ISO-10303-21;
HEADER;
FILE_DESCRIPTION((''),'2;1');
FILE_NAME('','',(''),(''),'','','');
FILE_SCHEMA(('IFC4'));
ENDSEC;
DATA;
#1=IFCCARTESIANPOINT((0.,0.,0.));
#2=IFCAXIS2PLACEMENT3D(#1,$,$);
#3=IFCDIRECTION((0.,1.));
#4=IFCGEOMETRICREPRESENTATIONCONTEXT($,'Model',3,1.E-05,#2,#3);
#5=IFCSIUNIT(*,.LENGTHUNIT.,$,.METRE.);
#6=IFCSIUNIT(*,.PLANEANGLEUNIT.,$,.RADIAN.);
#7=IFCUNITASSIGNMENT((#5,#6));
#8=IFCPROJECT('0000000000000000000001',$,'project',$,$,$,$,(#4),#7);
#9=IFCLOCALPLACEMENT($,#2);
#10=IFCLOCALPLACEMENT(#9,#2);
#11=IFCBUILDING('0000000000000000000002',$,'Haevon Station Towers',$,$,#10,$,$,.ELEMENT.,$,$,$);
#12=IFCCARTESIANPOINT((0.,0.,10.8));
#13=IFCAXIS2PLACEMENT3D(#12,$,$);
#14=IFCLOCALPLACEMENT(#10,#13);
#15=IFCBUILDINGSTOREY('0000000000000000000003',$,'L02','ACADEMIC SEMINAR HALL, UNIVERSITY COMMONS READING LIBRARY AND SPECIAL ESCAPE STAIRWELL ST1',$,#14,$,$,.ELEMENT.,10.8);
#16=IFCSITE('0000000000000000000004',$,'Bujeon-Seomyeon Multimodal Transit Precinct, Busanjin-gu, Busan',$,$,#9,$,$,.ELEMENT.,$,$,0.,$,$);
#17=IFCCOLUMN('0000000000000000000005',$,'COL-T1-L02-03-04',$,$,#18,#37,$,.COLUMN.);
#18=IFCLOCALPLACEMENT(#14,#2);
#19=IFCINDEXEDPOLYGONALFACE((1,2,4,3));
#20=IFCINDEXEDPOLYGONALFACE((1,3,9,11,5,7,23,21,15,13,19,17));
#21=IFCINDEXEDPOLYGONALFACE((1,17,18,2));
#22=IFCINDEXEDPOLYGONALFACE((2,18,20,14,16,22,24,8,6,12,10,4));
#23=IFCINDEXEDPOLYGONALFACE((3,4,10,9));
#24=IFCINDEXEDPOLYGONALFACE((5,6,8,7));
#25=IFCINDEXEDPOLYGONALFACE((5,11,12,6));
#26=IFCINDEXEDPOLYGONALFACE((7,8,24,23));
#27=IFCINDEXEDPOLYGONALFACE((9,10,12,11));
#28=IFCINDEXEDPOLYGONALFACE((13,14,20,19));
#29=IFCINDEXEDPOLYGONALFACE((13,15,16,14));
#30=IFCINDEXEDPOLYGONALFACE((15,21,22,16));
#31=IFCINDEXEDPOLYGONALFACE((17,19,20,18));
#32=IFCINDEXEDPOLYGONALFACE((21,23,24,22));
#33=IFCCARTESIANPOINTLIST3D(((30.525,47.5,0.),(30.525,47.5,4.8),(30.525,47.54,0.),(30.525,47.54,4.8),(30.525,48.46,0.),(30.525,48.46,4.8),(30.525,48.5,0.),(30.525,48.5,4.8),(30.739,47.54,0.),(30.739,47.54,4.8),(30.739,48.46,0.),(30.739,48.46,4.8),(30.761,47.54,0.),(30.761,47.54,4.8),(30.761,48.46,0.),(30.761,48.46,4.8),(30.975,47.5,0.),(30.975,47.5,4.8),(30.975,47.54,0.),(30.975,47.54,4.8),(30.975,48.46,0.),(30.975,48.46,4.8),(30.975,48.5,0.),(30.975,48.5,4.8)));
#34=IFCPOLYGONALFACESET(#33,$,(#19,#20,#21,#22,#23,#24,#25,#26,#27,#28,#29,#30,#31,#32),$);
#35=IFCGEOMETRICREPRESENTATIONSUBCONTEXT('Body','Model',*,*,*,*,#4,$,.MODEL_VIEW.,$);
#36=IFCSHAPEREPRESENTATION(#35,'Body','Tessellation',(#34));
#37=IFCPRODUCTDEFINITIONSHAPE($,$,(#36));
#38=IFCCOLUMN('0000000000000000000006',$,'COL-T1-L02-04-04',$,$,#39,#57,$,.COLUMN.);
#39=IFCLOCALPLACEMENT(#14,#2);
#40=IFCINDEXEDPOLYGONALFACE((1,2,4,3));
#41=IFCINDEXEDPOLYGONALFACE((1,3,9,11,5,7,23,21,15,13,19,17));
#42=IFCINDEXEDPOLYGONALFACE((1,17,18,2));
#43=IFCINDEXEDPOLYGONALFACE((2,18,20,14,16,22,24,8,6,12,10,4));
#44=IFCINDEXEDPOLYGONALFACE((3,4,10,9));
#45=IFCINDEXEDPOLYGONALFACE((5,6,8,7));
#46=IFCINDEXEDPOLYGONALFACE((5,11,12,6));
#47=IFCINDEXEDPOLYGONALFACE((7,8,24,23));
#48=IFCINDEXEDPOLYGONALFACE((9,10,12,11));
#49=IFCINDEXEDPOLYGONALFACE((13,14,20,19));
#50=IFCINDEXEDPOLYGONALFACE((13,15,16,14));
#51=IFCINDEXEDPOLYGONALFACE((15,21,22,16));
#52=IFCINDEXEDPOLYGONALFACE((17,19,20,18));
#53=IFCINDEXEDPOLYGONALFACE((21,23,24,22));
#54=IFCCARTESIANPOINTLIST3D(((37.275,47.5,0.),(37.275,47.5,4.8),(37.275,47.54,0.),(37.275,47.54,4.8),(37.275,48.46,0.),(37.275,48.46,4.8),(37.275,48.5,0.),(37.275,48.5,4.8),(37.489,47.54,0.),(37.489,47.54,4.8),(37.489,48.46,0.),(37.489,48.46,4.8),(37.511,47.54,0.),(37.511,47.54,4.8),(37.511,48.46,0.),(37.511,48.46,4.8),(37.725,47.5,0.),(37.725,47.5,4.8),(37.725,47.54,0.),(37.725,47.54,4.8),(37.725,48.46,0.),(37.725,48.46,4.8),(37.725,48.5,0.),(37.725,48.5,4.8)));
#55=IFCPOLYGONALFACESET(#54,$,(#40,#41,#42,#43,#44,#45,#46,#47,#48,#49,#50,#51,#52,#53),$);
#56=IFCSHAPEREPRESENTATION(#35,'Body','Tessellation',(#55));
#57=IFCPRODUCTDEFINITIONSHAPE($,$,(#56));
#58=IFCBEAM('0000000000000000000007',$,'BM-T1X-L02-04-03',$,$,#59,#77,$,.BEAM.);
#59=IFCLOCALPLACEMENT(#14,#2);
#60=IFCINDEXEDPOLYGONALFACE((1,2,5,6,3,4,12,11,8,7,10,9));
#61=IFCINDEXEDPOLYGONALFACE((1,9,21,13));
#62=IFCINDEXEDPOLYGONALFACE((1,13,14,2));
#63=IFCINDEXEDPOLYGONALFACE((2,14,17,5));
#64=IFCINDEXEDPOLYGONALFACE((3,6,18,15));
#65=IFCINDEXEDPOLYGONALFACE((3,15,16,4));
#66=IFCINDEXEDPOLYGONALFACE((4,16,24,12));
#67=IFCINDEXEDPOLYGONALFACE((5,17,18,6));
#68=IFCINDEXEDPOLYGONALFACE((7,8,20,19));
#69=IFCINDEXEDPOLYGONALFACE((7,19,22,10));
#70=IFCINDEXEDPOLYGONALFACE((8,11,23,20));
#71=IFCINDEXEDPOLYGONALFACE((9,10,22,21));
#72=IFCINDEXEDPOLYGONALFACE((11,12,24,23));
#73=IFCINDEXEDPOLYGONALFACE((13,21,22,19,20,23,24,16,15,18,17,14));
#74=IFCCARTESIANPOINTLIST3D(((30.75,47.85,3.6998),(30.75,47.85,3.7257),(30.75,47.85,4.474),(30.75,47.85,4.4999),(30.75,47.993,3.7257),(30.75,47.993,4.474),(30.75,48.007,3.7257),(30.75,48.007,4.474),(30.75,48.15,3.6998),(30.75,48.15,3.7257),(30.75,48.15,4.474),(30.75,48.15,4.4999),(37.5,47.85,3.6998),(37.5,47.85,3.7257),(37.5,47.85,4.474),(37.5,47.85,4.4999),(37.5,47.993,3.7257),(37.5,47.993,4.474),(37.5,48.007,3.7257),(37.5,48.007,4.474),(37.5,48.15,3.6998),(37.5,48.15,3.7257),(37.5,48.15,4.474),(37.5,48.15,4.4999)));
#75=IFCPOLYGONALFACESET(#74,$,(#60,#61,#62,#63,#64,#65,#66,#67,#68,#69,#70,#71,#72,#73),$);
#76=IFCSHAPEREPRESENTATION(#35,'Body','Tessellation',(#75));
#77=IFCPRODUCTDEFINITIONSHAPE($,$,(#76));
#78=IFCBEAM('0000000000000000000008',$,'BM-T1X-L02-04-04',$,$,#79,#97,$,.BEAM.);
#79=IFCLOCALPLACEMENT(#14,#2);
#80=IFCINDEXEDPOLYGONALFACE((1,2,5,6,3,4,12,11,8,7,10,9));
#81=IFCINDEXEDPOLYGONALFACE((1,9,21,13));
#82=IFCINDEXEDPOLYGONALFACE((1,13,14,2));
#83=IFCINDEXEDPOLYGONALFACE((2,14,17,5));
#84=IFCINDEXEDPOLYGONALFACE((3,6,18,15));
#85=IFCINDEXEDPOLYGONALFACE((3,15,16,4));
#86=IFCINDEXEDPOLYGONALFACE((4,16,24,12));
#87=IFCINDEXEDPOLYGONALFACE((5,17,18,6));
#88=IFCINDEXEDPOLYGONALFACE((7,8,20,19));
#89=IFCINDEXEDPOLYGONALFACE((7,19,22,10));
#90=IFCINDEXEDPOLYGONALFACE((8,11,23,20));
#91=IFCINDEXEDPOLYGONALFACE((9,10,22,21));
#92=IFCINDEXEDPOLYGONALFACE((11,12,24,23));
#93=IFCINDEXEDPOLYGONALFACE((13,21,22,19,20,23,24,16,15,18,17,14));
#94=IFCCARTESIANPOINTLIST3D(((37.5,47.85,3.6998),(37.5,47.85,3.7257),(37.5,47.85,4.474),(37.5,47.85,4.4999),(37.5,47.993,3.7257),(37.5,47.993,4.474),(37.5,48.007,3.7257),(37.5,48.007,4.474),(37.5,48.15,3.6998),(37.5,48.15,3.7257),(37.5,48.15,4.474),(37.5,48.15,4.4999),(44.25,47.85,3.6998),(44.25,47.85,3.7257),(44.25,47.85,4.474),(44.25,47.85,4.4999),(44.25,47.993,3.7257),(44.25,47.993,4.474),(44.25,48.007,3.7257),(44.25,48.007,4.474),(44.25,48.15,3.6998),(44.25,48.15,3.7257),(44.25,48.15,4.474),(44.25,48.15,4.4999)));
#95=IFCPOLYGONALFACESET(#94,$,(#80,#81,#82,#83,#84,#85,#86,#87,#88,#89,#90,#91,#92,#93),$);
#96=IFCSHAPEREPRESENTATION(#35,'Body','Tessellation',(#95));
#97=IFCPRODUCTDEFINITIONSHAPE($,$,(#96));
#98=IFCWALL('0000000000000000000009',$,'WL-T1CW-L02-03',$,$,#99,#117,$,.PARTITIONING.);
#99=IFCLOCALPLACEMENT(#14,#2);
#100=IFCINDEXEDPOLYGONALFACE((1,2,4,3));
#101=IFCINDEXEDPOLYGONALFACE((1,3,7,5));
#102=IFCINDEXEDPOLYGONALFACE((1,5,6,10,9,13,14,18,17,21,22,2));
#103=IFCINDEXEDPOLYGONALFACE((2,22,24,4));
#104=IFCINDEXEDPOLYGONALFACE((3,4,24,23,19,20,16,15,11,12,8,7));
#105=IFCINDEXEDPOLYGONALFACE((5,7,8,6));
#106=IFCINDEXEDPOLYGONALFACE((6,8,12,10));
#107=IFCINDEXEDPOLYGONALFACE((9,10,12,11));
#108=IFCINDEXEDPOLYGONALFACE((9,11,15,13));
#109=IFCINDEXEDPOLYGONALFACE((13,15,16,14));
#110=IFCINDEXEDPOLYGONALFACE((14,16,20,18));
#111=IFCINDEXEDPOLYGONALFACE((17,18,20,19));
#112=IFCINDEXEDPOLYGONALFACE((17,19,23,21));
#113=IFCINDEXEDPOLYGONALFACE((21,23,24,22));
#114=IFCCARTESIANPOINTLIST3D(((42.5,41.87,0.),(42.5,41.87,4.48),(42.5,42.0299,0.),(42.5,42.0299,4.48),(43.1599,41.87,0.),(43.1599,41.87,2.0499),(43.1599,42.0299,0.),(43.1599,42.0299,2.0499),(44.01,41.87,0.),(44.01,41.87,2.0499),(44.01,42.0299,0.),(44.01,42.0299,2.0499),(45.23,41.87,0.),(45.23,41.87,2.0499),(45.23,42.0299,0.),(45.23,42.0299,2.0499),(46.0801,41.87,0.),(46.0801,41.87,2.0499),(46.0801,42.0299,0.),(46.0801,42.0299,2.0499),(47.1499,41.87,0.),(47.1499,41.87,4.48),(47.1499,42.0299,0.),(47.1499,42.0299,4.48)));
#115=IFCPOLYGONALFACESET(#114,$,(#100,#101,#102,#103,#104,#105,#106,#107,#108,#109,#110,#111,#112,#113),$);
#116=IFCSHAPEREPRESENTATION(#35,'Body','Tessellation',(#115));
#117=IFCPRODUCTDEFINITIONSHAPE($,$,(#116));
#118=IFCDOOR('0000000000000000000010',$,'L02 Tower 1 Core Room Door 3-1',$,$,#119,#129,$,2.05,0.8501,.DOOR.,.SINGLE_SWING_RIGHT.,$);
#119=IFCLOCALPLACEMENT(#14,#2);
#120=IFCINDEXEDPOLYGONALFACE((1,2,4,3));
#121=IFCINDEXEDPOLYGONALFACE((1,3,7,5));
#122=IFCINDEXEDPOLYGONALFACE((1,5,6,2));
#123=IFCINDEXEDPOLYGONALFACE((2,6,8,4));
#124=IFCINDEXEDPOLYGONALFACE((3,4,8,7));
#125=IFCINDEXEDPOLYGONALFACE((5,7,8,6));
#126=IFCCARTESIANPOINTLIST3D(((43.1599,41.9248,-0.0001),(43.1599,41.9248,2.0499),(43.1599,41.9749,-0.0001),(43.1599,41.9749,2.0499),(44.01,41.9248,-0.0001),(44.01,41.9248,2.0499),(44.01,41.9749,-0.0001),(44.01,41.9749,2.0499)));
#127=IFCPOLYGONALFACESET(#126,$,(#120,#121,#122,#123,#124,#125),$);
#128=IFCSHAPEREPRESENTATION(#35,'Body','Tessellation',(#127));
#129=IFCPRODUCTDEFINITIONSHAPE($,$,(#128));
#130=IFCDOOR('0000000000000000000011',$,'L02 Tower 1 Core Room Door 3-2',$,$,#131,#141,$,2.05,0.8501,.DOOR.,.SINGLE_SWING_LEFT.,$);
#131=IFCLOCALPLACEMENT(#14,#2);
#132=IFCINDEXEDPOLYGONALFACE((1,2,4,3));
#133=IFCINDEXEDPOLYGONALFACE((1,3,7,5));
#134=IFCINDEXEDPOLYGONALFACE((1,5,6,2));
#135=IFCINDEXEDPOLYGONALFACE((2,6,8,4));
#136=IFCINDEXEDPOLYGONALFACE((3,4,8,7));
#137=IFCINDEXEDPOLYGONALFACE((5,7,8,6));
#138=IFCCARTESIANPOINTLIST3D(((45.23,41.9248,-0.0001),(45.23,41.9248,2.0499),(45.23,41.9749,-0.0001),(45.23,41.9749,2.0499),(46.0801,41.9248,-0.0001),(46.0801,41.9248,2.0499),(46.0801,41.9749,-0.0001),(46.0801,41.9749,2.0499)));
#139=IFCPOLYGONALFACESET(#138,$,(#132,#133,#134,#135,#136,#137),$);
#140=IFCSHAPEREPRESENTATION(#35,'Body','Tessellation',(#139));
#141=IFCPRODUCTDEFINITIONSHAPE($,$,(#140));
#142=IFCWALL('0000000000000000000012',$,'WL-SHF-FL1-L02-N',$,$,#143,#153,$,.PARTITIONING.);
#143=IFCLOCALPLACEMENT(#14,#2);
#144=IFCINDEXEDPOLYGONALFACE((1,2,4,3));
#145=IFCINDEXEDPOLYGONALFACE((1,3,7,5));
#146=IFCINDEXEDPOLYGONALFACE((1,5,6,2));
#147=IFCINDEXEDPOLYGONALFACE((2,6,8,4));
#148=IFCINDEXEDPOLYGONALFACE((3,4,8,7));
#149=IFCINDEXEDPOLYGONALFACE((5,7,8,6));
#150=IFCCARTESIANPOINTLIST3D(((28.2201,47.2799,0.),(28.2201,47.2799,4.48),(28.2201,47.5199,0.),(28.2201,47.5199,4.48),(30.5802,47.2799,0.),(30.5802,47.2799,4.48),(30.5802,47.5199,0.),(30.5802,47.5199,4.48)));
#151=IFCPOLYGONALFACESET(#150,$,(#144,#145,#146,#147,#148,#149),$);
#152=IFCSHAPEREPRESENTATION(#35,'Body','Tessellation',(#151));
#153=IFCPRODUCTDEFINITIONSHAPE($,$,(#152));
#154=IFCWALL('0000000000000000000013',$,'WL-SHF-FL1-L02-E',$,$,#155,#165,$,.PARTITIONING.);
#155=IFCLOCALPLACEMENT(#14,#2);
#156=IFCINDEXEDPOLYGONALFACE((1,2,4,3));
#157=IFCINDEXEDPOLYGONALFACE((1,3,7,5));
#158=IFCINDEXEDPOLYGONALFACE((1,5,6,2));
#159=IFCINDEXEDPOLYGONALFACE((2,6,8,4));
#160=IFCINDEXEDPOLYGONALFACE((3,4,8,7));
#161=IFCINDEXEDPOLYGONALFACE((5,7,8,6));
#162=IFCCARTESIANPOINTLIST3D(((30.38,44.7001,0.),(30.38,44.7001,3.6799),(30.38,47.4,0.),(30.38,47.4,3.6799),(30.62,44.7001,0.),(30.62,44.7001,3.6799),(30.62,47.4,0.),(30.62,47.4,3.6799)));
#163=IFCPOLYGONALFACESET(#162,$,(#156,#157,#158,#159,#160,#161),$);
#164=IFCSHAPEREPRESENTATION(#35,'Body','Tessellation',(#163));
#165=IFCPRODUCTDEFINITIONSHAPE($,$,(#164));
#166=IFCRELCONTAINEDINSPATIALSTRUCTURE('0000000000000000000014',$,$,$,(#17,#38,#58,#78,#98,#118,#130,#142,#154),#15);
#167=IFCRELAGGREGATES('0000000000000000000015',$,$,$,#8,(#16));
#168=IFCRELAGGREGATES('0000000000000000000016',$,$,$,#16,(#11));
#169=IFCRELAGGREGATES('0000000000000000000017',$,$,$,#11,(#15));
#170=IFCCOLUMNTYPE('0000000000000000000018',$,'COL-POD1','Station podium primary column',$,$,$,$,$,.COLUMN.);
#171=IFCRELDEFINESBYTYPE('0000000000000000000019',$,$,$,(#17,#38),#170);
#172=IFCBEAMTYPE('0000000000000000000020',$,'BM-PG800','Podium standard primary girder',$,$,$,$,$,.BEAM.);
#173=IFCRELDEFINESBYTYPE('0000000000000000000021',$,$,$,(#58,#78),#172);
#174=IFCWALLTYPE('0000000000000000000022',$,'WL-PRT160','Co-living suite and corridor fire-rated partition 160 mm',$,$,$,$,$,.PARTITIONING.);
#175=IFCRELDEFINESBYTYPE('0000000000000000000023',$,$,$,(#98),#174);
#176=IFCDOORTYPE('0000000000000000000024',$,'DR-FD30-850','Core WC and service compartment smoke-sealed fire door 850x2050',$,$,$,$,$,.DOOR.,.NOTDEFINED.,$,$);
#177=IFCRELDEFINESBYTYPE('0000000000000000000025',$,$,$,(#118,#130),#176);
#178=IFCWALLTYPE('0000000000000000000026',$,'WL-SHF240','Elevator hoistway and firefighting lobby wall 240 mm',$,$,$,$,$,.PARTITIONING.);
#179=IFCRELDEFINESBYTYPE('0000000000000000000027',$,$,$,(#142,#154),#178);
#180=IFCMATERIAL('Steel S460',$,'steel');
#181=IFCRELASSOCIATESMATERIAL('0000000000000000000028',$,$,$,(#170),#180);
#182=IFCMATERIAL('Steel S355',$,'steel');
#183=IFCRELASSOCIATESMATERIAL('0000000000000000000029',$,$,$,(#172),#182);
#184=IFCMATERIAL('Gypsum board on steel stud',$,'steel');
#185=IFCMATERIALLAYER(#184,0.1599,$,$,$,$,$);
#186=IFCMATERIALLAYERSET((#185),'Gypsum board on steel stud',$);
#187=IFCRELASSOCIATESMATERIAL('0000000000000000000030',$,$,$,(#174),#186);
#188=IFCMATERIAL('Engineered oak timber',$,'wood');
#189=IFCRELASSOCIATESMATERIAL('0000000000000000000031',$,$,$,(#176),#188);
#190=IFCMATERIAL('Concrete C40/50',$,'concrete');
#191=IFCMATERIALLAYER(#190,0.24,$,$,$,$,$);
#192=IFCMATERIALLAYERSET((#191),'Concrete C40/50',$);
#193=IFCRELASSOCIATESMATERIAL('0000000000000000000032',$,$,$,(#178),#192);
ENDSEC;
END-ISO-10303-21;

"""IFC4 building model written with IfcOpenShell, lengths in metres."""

from ifc_helpers import new_model, si_unit, direction, frame, frame_2d, origin, origin_2d, place, context, subcontext, project, spatial, rectangle, i_section, extrude, material, layer, layer_set, material_profile, profile_set, type_object, element, fill, save


model = new_model("IFC4")

# Units and contexts
model_context = context("Model", 3, precision=1e-05, world=origin(), true_north=direction((0.0, 1.0)))
body_context = subcontext(model_context, "Body", "Model", "MODEL_VIEW")
ifc_project = project(units=[si_unit("LENGTHUNIT", "METRE"), si_unit("PLANEANGLEUNIT", "RADIAN")], contexts=[model_context])

# Site, building, storey
site_placement = place(None, origin())
site = spatial("IfcSite", under=ifc_project, at=site_placement, Name="Bujeon-Seomyeon Multimodal Transit Precinct, Busanjin-gu, Busan", CompositionType="ELEMENT", RefElevation=0.0)
building_placement = place(site_placement, origin())
building = spatial("IfcBuilding", under=site, at=building_placement, Name="Haevon Station Towers", CompositionType="ELEMENT")
storey_placement = place(building_placement, frame((0.0, 0.0, 10.8)))
storey = spatial("IfcBuildingStorey", under=building, at=storey_placement, Name="L02", Description="ACADEMIC SEMINAR HALL, UNIVERSITY COMMONS READING LIBRARY AND SPECIAL ESCAPE STAIRWELL ST1", CompositionType="ELEMENT", Elevation=10.8)

# Columns
ifc_material_1 = material(Name="Steel S460", Category="steel")
ifc_material_profile_1 = material_profile(ifc_material_1, i_section(OverallWidth=0.45, OverallDepth=1.0, WebThickness=0.022, FlangeThickness=0.04, at=origin_2d()), Name="H-1000x450x22x40")
ifc_profile_set_1 = profile_set([ifc_material_profile_1], Name="Steel S460")
column_type = type_object("IfcColumnType", Name="COL-POD1", Description="Station podium primary column", PredefinedType="COLUMN", material=ifc_profile_set_1)
for number, where, z_axis, x_axis, name in (
    (1, (30.75, 48.0, 0.0), (0.0, 0.0, 1.0), (1.0, 0.0, 0.0), "COL-T1-L02-03-04"),
    (2, (37.5, 48.0, 0.0), (0.0, 0.0, 1.0), (1.0, 0.0, 0.0), "COL-T1-L02-04-04"),
):
    element("IfcColumn", number, at=place(storey_placement, frame(where, z_axis=z_axis, x_axis=x_axis)), inside=storey, type_object=column_type, Name=name, PredefinedType="COLUMN", context=body_context, shape_type="SweptSolid", body=[
        extrude(i_section(OverallWidth=0.45, OverallDepth=1.0, WebThickness=0.022, FlangeThickness=0.04, at=origin_2d()), origin(), (0.0, 0.0, 1.0), 4.8),
    ])

# Beams
ifc_material_2 = material(Name="Steel S355", Category="steel")
ifc_material_profile_2 = material_profile(ifc_material_2, i_section(OverallWidth=0.3, OverallDepth=0.8, WebThickness=0.0139, FlangeThickness=0.0259, at=origin_2d()), Name="H-800x300x14x26")
ifc_profile_set_2 = profile_set([ifc_material_profile_2], Name="Steel S355")
beam_type = type_object("IfcBeamType", Name="BM-PG800", Description="Podium standard primary girder", PredefinedType="BEAM", material=ifc_profile_set_2)
for number, where, z_axis, x_axis, name in (
    (3, (30.75, 48.0, 4.0999), (1.0, 0.0, 0.0), (0.0, 1.0, 0.0), "BM-T1X-L02-04-03"),
    (4, (37.5, 48.0, 4.0999), (1.0, 0.0, 0.0), (0.0, 1.0, 0.0), "BM-T1X-L02-04-04"),
):
    element("IfcBeam", number, at=place(storey_placement, frame(where, z_axis=z_axis, x_axis=x_axis)), inside=storey, type_object=beam_type, Name=name, PredefinedType="BEAM", context=body_context, shape_type="SweptSolid", body=[
        extrude(i_section(OverallWidth=0.3, OverallDepth=0.8, WebThickness=0.0139, FlangeThickness=0.0259, at=origin_2d()), origin(), (0.0, 0.0, 1.0), 6.75),
    ])

# Wall, openings, doors
ifc_material_3 = material(Name="Gypsum board on steel stud", Category="steel")
ifc_layer_1 = layer(ifc_material_3, 0.1599)
ifc_layer_set_1 = layer_set([ifc_layer_1], Name="Gypsum board on steel stud")
wall_type_1 = type_object("IfcWallType", Name="WL-PRT160", Description="Co-living suite and corridor fire-rated partition 160 mm", PredefinedType="PARTITIONING", material=ifc_layer_set_1)
wall_1_placement = place(storey_placement, frame((42.5, 41.95, 0.0), z_axis=(0.0, 0.0, 1.0), x_axis=(1.0, 0.0, 0.0)))
wall_1 = element("IfcWall", 5, at=wall_1_placement, inside=storey, type_object=wall_type_1, Name="WL-T1CW-L02-03", PredefinedType="PARTITIONING", context=body_context, shape_type="SweptSolid", body=[
    extrude(rectangle(XDim=4.6499, YDim=0.1599, at=frame_2d((2.325, 0.0))), origin(), (0.0, 0.0, 1.0), 4.48),
])
opening_1_placement = place(wall_1_placement, frame((0.6599, 0.0, 0.0)))
opening_1 = element("IfcOpeningElement", 6, at=opening_1_placement, cuts=wall_1, PredefinedType="OPENING", context=body_context, shape_type="SweptSolid", body=[
    extrude(rectangle(XDim=0.8501, YDim=2.05, at=frame_2d((0.425, 1.0249))), frame((0.0, 0.0898, 0.0), z_axis=(0.0, -1.0, 0.0), x_axis=(1.0, 0.0, 0.0)), (0.0, 0.0, 1.0), 0.1799),
])
opening_2_placement = place(wall_1_placement, frame((2.73, 0.0, 0.0)))
opening_2 = element("IfcOpeningElement", 7, at=opening_2_placement, cuts=wall_1, PredefinedType="OPENING", context=body_context, shape_type="SweptSolid", body=[
    extrude(rectangle(XDim=0.8501, YDim=2.05, at=frame_2d((0.425, 1.0249))), frame((0.0, 0.0898, 0.0), z_axis=(0.0, -1.0, 0.0), x_axis=(1.0, 0.0, 0.0)), (0.0, 0.0, 1.0), 0.1799),
])
ifc_material_4 = material(Name="Engineered oak timber", Category="wood")
door_type_1 = type_object("IfcDoorType", Name="DR-FD30-850", Description="Core WC and service compartment smoke-sealed fire door 850x2050", OperationType="NOTDEFINED", PredefinedType="DOOR", material=ifc_material_4)
door_1_placement = place(opening_1_placement, origin())
door_1 = element("IfcDoor", 8, at=door_1_placement, inside=storey, type_object=door_type_1, Name="L02 Tower 1 Core Room Door 3-1", OperationType="SINGLE_SWING_RIGHT", OverallHeight=2.05, OverallWidth=0.8501, PredefinedType="DOOR", context=body_context, shape_type="SweptSolid", body=[
    extrude(rectangle(XDim=0.8501, YDim=2.05, at=frame_2d((0.425, 1.0249))), frame((0.0, 0.0249, 0.0), z_axis=(0.0, -1.0, 0.0), x_axis=(1.0, 0.0, 0.0)), (0.0, 0.0, 1.0), 0.05),
])
fill(opening_1, door_1)
door_2_placement = place(opening_2_placement, origin())
door_2 = element("IfcDoor", 9, at=door_2_placement, inside=storey, type_object=door_type_1, Name="L02 Tower 1 Core Room Door 3-2", OperationType="SINGLE_SWING_LEFT", OverallHeight=2.05, OverallWidth=0.8501, PredefinedType="DOOR", context=body_context, shape_type="SweptSolid", body=[
    extrude(rectangle(XDim=0.8501, YDim=2.05, at=frame_2d((0.425, 1.0249))), frame((0.0, 0.0249, 0.0), z_axis=(0.0, -1.0, 0.0), x_axis=(1.0, 0.0, 0.0)), (0.0, 0.0, 1.0), 0.05),
])
fill(opening_2, door_2)

# Walls
ifc_material_5 = material(Name="Concrete C40/50", Category="concrete")
ifc_layer_2 = layer(ifc_material_5, 0.24)
ifc_layer_set_2 = layer_set([ifc_layer_2], Name="Concrete C40/50")
wall_type_2 = type_object("IfcWallType", Name="WL-SHF240", Description="Elevator hoistway and firefighting lobby wall 240 mm", PredefinedType="PARTITIONING", material=ifc_layer_set_2)
wall_2_placement = place(storey_placement, frame((28.22, 47.3999, 0.0), z_axis=(0.0, 0.0, 1.0), x_axis=(1.0, 0.0, 0.0)))
element("IfcWall", 10, at=wall_2_placement, inside=storey, type_object=wall_type_2, Name="WL-SHF-FL1-L02-N", PredefinedType="PARTITIONING", context=body_context, shape_type="SweptSolid", body=[
    extrude(rectangle(XDim=2.3601, YDim=0.24, at=frame_2d((1.1802, 0.0))), origin(), (0.0, 0.0, 1.0), 4.48),
])
wall_3_placement = place(storey_placement, frame((30.5, 44.7, 0.0), z_axis=(0.0, 0.0, 1.0), x_axis=(0.0, 1.0, 0.0)))
element("IfcWall", 11, at=wall_3_placement, inside=storey, type_object=wall_type_2, Name="WL-SHF-FL1-L02-E", PredefinedType="PARTITIONING", context=body_context, shape_type="SweptSolid", body=[
    extrude(rectangle(XDim=2.7, YDim=0.24, at=frame_2d((1.3501, 0.0))), origin(), (0.0, 0.0, 1.0), 3.6799),
])

save(model, "model.ifc")
